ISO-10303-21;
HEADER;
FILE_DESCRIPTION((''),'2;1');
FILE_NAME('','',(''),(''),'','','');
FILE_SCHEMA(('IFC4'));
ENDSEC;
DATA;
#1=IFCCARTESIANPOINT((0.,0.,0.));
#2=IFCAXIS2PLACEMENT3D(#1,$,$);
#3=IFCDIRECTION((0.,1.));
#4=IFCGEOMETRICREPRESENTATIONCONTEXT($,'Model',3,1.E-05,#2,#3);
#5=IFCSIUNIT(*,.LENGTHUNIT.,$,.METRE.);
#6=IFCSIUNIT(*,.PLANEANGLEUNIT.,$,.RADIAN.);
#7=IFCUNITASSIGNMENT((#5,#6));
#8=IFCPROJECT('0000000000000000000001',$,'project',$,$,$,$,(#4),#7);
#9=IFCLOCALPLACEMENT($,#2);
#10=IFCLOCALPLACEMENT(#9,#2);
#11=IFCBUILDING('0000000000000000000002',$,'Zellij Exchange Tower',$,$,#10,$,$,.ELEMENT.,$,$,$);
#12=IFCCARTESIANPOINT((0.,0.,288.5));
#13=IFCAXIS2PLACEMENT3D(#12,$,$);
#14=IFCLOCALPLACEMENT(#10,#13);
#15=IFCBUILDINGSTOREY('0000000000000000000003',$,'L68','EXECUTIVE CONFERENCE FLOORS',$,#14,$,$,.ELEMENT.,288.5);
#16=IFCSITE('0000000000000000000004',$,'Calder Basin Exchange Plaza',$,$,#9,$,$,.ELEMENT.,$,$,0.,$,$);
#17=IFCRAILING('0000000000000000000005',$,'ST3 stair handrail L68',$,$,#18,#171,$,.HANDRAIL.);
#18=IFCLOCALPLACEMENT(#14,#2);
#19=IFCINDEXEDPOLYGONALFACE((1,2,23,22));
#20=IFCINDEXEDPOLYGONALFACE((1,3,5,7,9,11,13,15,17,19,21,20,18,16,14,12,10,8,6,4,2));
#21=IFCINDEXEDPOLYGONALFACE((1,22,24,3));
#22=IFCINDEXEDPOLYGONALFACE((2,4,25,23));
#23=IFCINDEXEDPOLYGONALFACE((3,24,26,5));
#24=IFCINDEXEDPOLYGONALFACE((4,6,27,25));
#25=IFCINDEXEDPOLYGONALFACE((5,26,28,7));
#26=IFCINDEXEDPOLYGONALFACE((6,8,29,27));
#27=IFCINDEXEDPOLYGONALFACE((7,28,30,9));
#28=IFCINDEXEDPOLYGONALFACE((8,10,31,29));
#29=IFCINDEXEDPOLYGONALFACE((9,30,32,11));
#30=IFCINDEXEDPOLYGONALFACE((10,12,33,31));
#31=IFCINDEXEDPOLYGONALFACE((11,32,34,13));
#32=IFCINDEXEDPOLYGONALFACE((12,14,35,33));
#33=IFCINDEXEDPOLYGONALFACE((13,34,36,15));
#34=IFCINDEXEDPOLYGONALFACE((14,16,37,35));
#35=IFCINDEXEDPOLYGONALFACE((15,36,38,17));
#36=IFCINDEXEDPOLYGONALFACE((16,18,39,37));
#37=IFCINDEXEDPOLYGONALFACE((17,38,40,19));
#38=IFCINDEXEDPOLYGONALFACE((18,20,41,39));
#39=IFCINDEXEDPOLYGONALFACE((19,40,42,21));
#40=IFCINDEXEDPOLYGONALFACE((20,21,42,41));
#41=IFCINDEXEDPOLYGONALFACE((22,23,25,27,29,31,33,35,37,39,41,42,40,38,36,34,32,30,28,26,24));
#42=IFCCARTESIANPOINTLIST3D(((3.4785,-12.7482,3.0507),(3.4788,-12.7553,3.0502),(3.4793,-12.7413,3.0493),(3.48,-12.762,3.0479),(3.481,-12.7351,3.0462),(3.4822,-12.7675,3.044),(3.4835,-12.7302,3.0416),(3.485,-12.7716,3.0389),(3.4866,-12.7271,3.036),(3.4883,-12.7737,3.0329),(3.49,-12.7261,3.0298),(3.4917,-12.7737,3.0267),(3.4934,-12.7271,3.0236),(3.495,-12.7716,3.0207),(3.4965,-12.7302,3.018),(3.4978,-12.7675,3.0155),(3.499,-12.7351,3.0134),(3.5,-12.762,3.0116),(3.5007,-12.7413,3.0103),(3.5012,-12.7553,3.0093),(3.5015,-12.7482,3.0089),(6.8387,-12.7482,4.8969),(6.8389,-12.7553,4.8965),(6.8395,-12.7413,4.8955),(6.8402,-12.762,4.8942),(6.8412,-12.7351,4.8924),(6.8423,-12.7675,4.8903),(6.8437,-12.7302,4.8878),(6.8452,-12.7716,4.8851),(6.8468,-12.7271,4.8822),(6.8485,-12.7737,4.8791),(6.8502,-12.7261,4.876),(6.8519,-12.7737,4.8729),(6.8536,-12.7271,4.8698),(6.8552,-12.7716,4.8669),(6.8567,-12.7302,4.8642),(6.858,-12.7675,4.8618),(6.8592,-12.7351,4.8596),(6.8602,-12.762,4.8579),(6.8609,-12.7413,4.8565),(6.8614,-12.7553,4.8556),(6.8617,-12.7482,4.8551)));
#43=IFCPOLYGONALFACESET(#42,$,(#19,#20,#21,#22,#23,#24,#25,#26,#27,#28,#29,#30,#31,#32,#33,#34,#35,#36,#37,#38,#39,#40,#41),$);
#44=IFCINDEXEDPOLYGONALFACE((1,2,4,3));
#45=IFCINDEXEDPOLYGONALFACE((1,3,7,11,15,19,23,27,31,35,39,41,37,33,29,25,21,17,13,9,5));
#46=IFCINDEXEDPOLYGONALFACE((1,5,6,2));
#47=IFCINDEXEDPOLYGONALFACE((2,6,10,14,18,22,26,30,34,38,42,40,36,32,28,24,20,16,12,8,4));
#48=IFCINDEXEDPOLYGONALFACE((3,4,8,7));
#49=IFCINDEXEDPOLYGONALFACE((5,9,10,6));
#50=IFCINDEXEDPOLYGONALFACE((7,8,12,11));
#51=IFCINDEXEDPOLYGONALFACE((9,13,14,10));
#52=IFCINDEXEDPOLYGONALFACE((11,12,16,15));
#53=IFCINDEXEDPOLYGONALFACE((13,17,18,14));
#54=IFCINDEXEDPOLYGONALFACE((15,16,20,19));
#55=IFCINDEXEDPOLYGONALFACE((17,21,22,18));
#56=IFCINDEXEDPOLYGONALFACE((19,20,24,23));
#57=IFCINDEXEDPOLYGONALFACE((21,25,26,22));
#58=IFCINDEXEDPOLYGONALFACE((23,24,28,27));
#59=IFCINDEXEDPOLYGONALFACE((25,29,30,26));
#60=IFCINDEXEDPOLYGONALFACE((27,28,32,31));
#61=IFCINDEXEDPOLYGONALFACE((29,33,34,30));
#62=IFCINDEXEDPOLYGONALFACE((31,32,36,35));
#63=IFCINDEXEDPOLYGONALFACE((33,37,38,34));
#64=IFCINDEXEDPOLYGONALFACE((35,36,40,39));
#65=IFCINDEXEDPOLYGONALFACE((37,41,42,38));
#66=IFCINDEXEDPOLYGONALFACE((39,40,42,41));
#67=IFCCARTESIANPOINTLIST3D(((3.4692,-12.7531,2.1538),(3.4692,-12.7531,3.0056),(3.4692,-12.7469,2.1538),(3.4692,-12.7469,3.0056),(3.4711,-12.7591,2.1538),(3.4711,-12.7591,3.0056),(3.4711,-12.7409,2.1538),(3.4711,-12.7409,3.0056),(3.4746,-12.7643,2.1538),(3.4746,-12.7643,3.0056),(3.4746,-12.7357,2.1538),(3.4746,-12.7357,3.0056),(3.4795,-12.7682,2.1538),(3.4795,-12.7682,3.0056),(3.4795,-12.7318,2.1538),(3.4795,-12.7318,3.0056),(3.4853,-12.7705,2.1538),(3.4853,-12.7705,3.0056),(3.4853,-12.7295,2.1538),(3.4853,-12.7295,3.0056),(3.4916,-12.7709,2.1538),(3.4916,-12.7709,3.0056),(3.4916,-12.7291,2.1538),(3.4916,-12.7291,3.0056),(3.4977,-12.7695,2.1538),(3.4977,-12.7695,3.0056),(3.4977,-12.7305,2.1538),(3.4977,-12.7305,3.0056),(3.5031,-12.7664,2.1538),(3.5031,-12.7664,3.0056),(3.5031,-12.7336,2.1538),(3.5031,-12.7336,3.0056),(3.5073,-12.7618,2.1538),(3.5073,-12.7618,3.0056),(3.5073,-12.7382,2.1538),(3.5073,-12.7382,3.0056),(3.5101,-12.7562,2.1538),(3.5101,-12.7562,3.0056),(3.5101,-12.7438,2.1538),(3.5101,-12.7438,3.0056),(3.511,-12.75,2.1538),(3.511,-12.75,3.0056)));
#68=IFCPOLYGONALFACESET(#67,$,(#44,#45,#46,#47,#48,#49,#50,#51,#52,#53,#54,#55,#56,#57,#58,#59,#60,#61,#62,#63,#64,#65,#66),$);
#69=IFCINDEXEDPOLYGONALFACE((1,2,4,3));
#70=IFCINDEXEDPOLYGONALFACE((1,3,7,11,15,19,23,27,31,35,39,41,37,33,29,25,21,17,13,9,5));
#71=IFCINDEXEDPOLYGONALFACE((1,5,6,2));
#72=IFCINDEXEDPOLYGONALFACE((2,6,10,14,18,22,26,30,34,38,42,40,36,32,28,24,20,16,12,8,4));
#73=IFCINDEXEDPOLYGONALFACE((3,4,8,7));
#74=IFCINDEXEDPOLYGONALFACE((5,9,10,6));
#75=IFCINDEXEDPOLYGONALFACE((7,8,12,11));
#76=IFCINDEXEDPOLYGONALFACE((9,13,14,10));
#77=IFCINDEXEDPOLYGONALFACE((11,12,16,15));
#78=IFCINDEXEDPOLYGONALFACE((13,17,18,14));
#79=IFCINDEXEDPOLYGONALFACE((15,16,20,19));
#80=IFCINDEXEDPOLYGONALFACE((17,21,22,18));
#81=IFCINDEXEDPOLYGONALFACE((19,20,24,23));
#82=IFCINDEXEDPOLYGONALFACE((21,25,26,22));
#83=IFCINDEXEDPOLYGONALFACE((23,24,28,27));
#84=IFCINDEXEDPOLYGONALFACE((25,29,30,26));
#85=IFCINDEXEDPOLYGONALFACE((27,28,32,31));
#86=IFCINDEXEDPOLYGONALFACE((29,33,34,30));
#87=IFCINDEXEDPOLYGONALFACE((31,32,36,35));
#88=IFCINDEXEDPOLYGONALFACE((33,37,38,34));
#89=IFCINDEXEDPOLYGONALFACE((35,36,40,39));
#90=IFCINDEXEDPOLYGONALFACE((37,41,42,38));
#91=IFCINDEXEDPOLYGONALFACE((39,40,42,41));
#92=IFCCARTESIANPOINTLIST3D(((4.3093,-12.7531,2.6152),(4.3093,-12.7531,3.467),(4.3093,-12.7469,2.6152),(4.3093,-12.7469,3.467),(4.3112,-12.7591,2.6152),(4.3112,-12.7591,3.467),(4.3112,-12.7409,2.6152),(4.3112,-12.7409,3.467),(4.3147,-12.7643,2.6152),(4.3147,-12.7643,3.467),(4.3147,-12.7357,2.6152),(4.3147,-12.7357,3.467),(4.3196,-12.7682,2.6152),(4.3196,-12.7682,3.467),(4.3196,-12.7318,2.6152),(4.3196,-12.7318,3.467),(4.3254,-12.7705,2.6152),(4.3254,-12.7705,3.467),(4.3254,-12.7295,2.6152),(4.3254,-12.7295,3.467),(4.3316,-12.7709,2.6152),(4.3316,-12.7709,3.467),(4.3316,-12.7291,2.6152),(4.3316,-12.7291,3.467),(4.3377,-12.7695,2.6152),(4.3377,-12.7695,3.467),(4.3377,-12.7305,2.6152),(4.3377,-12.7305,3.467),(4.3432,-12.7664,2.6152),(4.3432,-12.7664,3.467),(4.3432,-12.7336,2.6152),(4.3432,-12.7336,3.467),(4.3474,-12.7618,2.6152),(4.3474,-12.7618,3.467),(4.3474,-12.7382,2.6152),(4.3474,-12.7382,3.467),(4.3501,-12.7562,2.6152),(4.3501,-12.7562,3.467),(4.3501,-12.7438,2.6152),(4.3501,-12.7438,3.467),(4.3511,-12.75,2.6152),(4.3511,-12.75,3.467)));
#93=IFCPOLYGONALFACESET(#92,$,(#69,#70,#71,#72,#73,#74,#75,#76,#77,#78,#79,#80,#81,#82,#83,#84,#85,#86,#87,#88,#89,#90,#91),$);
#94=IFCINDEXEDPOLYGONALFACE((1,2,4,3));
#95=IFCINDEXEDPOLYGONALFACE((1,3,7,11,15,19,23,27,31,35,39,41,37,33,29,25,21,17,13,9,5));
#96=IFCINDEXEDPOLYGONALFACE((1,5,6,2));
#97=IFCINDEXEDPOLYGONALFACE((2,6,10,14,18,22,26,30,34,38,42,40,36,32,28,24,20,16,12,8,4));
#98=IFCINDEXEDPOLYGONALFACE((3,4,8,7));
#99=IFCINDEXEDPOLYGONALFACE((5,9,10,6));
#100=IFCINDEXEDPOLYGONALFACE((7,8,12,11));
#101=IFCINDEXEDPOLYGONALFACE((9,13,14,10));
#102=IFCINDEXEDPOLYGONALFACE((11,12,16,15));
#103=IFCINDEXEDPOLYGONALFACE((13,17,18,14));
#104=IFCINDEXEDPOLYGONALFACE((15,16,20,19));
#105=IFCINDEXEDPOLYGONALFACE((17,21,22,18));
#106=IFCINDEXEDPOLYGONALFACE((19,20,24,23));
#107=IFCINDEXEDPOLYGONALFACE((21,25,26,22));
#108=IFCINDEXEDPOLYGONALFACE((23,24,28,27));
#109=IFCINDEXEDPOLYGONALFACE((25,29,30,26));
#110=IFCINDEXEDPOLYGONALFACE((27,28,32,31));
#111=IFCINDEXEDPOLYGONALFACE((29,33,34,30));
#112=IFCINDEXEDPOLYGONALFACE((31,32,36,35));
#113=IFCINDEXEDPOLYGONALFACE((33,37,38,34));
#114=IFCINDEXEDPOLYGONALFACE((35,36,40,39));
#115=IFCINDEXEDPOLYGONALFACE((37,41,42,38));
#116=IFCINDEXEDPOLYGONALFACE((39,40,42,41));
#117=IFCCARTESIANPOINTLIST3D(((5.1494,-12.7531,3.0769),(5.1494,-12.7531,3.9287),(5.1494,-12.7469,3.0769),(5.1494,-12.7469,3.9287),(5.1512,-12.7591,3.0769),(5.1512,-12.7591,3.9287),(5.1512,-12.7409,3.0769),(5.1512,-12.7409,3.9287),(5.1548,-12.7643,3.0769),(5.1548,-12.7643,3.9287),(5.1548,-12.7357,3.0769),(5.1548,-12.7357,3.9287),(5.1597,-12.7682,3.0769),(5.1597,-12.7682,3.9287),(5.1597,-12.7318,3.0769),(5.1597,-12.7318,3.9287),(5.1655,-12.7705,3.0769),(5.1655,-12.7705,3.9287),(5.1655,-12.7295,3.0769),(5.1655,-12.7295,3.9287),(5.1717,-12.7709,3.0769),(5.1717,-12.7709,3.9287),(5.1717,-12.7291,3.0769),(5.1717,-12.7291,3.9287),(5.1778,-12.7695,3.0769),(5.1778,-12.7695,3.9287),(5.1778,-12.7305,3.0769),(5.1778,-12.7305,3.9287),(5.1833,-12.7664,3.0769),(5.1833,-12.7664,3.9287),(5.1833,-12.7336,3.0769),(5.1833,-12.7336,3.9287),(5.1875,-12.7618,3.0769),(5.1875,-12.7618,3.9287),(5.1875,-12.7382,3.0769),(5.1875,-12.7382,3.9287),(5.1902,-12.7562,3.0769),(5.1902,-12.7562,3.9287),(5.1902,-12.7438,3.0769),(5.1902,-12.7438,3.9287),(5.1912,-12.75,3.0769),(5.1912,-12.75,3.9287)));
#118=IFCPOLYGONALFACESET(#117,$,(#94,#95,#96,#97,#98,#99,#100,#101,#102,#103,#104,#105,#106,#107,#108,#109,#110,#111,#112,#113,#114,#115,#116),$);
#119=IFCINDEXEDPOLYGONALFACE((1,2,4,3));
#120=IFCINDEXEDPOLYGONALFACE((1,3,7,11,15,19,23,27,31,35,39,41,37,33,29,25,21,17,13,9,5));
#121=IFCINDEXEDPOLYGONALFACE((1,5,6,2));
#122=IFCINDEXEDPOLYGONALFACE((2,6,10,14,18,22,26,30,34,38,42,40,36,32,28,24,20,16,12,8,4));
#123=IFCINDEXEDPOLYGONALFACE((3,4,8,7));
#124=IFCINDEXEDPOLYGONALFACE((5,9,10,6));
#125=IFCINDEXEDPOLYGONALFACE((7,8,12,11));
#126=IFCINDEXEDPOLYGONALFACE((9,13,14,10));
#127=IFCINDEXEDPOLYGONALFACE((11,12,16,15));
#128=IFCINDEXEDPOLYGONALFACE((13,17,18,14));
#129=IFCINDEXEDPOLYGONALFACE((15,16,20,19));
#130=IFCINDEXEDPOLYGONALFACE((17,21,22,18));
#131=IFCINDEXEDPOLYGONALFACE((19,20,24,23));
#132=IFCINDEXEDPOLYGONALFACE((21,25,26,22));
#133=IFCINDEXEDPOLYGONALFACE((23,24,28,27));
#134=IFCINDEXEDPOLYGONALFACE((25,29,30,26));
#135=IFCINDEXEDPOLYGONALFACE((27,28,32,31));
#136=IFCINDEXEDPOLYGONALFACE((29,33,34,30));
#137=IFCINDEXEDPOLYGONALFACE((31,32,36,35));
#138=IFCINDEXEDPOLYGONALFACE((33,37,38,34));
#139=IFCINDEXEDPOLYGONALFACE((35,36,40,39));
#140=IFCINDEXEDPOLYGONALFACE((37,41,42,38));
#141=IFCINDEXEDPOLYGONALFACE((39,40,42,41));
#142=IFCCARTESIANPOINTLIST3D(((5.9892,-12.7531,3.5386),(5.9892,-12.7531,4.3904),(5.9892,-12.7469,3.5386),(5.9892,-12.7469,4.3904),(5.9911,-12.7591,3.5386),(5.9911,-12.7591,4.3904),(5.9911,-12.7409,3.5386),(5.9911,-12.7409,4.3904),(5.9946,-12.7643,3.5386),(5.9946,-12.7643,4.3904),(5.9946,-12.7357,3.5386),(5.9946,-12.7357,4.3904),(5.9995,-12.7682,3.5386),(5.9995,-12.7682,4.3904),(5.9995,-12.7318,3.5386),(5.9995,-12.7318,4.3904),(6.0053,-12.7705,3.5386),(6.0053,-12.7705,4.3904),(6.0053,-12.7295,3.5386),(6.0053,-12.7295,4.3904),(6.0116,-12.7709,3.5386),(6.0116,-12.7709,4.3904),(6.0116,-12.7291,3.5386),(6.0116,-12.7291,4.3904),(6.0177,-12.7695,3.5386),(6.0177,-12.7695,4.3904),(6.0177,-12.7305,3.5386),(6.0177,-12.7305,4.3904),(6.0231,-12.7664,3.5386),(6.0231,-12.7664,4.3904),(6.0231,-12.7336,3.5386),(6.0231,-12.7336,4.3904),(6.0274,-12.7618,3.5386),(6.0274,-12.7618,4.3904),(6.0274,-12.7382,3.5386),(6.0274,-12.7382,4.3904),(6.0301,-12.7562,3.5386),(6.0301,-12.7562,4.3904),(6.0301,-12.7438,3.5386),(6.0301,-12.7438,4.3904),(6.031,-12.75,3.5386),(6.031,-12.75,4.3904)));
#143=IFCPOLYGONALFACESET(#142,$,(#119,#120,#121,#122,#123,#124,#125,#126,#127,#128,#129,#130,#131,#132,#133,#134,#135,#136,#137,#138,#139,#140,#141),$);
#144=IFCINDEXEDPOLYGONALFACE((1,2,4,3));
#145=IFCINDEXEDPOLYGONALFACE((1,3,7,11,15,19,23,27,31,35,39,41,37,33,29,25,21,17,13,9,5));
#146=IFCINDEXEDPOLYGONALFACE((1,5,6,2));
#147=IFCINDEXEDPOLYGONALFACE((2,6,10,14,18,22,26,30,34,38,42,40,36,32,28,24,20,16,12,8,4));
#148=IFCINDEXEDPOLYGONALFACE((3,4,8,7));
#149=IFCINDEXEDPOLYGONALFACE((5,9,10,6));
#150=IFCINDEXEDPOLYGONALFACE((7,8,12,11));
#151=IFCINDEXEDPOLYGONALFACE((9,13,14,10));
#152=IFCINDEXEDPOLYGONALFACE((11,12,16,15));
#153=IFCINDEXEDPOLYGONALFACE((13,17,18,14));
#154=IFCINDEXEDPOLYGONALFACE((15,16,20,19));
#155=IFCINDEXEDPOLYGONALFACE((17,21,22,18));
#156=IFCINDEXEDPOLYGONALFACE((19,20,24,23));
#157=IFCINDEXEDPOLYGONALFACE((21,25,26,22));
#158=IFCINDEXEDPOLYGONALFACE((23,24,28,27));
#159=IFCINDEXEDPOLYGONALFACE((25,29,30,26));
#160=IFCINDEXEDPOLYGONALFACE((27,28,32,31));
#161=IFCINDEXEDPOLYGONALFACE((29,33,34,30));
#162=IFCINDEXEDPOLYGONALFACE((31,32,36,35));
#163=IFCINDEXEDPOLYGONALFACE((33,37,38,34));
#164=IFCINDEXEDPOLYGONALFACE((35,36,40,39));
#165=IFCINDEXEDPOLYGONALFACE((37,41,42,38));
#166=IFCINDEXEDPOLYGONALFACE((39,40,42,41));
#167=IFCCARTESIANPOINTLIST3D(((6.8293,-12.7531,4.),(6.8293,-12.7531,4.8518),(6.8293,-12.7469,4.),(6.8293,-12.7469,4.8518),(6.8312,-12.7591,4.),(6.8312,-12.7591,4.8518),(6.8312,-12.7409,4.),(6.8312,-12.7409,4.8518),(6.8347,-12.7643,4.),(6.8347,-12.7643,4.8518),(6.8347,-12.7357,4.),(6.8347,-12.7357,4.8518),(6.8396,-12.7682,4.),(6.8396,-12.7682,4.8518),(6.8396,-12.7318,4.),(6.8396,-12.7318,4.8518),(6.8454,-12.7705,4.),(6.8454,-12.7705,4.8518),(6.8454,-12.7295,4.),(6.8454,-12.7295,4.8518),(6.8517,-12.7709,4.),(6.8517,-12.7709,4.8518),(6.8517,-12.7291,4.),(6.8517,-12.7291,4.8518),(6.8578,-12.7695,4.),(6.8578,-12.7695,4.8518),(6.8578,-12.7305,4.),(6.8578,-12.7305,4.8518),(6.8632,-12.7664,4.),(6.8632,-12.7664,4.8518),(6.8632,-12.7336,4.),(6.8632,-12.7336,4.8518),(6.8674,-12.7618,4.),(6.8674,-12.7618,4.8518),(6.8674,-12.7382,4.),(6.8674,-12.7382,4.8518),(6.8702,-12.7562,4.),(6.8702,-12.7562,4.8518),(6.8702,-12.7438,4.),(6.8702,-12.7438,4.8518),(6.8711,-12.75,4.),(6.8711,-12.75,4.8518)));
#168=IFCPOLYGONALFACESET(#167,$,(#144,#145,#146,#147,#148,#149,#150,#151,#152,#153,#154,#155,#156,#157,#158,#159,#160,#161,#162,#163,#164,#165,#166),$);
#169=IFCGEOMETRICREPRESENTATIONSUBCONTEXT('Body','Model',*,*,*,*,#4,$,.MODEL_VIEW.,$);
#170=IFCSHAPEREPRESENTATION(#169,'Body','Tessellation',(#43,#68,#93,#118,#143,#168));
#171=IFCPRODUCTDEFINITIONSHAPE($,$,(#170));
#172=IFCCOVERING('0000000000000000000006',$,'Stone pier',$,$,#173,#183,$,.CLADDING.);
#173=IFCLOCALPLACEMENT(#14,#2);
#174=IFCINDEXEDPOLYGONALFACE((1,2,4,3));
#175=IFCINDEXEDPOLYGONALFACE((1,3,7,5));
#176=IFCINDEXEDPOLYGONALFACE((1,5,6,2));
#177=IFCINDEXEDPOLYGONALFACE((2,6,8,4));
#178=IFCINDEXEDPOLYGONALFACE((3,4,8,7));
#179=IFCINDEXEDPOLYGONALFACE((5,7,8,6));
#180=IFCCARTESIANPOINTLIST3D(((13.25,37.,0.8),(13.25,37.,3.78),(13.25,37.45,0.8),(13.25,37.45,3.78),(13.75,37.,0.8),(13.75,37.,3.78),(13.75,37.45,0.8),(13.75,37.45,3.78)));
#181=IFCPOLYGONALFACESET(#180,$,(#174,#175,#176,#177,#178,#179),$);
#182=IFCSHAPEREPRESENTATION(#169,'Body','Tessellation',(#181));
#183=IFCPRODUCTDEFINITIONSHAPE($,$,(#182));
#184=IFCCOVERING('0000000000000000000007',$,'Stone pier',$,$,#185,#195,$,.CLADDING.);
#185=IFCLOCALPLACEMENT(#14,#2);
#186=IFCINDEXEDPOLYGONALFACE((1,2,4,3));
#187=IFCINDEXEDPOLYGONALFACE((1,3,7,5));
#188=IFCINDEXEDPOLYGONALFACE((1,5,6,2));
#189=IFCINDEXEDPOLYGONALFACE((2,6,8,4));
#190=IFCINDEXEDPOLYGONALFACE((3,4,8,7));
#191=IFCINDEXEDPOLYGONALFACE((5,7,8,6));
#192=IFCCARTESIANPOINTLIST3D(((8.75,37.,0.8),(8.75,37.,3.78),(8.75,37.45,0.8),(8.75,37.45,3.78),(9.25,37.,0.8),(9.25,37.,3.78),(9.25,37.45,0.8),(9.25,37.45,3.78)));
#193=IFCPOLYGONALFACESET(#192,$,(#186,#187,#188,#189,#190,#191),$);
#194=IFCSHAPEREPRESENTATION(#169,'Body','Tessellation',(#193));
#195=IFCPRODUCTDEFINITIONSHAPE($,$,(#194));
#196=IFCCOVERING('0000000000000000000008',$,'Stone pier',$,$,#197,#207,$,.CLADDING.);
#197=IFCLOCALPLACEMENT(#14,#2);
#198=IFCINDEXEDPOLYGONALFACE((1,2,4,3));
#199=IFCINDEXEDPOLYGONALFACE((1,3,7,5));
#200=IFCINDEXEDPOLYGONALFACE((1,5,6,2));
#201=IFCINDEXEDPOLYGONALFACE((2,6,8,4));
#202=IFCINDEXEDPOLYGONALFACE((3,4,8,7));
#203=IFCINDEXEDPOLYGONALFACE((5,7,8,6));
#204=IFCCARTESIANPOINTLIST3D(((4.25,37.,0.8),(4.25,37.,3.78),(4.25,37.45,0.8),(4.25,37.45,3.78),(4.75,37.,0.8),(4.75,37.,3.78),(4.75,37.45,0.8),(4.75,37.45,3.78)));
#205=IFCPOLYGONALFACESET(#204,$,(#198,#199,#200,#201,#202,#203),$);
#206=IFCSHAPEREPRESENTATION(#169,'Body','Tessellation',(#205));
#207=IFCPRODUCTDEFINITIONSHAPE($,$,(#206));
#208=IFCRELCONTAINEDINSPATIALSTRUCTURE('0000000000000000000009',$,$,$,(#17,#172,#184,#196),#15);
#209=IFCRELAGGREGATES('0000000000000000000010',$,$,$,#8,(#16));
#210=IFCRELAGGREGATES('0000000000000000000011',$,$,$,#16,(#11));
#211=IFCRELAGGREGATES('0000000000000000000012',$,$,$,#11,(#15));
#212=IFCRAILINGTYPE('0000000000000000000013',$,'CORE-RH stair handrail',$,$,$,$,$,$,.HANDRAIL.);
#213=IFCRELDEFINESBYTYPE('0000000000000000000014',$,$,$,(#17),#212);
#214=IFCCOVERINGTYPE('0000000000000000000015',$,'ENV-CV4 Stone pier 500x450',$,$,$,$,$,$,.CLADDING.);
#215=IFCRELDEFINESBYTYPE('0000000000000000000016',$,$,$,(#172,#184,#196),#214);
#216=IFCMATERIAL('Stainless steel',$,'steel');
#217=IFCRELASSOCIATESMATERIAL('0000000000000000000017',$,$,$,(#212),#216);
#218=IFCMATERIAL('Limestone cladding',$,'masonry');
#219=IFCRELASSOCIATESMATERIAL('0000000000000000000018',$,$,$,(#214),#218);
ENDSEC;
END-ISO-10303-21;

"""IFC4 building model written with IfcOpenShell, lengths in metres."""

from ifc_helpers import new_model, si_unit, direction, frame, origin, origin_2d, place, context, subcontext, project, spatial, polyline, circle, outline, extrude, material, type_object, element, save


model = new_model("IFC4")

# Units and contexts
model_context = context("Model", 3, precision=1e-05, world=origin(), true_north=direction((0.0, 1.0)))
body_context = subcontext(model_context, "Body", "Model", "MODEL_VIEW")
ifc_project = project(units=[si_unit("LENGTHUNIT", "METRE"), si_unit("PLANEANGLEUNIT", "RADIAN")], contexts=[model_context])

# Site, building, storey
site_placement = place(None, origin())
site = spatial("IfcSite", under=ifc_project, at=site_placement, Name="Calder Basin Exchange Plaza", CompositionType="ELEMENT", RefElevation=0.0)
building_placement = place(site_placement, origin())
building = spatial("IfcBuilding", under=site, at=building_placement, Name="Zellij Exchange Tower", CompositionType="ELEMENT")
storey_placement = place(building_placement, frame((0.0, 0.0, 288.5)))
storey = spatial("IfcBuildingStorey", under=building, at=storey_placement, Name="L68", Description="EXECUTIVE CONFERENCE FLOORS", CompositionType="ELEMENT", Elevation=288.5)

# Railing
ifc_material_1 = material(Name="Stainless steel", Category="steel")
railing_type = type_object("IfcRailingType", Name="CORE-RH stair handrail", PredefinedType="HANDRAIL", material=ifc_material_1)
railing_placement = place(storey_placement, frame((3.49, -12.75, 2.1538)))
element("IfcRailing", 1, at=railing_placement, inside=storey, type_object=railing_type, Name="ST3 stair handrail L68", PredefinedType="HANDRAIL", context=body_context, shape_type="SweptSolid", body=[
    extrude(circle(Radius=0.0239, at=origin_2d()), frame((0.0, 0.0, 0.876), z_axis=(0.876422, 0.0, 0.481545), x_axis=(0.0, 1.0, 0.0)), (0.0, 0.0, 1.0), 3.834),
    extrude(circle(Radius=0.021, at=origin_2d()), origin(), (0.0, 0.0, 1.0), 0.8518),
    extrude(circle(Radius=0.021, at=origin_2d()), frame((0.8401, 0.0, 0.4614)), (0.0, 0.0, 1.0), 0.8518),
    extrude(circle(Radius=0.021, at=origin_2d()), frame((1.6802, 0.0, 0.9231)), (0.0, 0.0, 1.0), 0.8518),
    extrude(circle(Radius=0.021, at=origin_2d()), frame((2.52, 0.0, 1.3848)), (0.0, 0.0, 1.0), 0.8518),
    extrude(circle(Radius=0.021, at=origin_2d()), frame((3.3601, 0.0, 1.8462)), (0.0, 0.0, 1.0), 0.8518),
])

# Coverings
ifc_material_2 = material(Name="Limestone cladding", Category="masonry")
covering_type_1 = type_object("IfcCoveringType", Name="ENV-CV4 Stone pier 500x450", PredefinedType="CLADDING", material=ifc_material_2)
covering_1_placement = place(storey_placement, frame((0.0, 0.0, 0.8)))
element("IfcCovering", 2, at=covering_1_placement, inside=storey, type_object=covering_type_1, Name="Stone pier", PredefinedType="CLADDING", context=body_context, shape_type="SweptSolid", body=[
    extrude(outline(polyline([(13.75, 37.0), (13.25, 37.0), (13.25, 37.45), (13.75, 37.45), (13.75, 37.0)])), origin(), (0.0, 0.0, 1.0), 2.98),
])
covering_2_placement = place(storey_placement, frame((0.0, 0.0, 0.8)))
element("IfcCovering", 3, at=covering_2_placement, inside=storey, type_object=covering_type_1, Name="Stone pier", PredefinedType="CLADDING", context=body_context, shape_type="SweptSolid", body=[
    extrude(outline(polyline([(9.25, 37.0), (8.75, 37.0), (8.75, 37.45), (9.25, 37.45), (9.25, 37.0)])), origin(), (0.0, 0.0, 1.0), 2.98),
])
covering_3_placement = place(storey_placement, frame((0.0, 0.0, 0.8)))
element("IfcCovering", 4, at=covering_3_placement, inside=storey, type_object=covering_type_1, Name="Stone pier", PredefinedType="CLADDING", context=body_context, shape_type="SweptSolid", body=[
    extrude(outline(polyline([(4.75, 37.0), (4.25, 37.0), (4.25, 37.45), (4.75, 37.45), (4.75, 37.0)])), origin(), (0.0, 0.0, 1.0), 2.98),
])

save(model, "model.ifc")
